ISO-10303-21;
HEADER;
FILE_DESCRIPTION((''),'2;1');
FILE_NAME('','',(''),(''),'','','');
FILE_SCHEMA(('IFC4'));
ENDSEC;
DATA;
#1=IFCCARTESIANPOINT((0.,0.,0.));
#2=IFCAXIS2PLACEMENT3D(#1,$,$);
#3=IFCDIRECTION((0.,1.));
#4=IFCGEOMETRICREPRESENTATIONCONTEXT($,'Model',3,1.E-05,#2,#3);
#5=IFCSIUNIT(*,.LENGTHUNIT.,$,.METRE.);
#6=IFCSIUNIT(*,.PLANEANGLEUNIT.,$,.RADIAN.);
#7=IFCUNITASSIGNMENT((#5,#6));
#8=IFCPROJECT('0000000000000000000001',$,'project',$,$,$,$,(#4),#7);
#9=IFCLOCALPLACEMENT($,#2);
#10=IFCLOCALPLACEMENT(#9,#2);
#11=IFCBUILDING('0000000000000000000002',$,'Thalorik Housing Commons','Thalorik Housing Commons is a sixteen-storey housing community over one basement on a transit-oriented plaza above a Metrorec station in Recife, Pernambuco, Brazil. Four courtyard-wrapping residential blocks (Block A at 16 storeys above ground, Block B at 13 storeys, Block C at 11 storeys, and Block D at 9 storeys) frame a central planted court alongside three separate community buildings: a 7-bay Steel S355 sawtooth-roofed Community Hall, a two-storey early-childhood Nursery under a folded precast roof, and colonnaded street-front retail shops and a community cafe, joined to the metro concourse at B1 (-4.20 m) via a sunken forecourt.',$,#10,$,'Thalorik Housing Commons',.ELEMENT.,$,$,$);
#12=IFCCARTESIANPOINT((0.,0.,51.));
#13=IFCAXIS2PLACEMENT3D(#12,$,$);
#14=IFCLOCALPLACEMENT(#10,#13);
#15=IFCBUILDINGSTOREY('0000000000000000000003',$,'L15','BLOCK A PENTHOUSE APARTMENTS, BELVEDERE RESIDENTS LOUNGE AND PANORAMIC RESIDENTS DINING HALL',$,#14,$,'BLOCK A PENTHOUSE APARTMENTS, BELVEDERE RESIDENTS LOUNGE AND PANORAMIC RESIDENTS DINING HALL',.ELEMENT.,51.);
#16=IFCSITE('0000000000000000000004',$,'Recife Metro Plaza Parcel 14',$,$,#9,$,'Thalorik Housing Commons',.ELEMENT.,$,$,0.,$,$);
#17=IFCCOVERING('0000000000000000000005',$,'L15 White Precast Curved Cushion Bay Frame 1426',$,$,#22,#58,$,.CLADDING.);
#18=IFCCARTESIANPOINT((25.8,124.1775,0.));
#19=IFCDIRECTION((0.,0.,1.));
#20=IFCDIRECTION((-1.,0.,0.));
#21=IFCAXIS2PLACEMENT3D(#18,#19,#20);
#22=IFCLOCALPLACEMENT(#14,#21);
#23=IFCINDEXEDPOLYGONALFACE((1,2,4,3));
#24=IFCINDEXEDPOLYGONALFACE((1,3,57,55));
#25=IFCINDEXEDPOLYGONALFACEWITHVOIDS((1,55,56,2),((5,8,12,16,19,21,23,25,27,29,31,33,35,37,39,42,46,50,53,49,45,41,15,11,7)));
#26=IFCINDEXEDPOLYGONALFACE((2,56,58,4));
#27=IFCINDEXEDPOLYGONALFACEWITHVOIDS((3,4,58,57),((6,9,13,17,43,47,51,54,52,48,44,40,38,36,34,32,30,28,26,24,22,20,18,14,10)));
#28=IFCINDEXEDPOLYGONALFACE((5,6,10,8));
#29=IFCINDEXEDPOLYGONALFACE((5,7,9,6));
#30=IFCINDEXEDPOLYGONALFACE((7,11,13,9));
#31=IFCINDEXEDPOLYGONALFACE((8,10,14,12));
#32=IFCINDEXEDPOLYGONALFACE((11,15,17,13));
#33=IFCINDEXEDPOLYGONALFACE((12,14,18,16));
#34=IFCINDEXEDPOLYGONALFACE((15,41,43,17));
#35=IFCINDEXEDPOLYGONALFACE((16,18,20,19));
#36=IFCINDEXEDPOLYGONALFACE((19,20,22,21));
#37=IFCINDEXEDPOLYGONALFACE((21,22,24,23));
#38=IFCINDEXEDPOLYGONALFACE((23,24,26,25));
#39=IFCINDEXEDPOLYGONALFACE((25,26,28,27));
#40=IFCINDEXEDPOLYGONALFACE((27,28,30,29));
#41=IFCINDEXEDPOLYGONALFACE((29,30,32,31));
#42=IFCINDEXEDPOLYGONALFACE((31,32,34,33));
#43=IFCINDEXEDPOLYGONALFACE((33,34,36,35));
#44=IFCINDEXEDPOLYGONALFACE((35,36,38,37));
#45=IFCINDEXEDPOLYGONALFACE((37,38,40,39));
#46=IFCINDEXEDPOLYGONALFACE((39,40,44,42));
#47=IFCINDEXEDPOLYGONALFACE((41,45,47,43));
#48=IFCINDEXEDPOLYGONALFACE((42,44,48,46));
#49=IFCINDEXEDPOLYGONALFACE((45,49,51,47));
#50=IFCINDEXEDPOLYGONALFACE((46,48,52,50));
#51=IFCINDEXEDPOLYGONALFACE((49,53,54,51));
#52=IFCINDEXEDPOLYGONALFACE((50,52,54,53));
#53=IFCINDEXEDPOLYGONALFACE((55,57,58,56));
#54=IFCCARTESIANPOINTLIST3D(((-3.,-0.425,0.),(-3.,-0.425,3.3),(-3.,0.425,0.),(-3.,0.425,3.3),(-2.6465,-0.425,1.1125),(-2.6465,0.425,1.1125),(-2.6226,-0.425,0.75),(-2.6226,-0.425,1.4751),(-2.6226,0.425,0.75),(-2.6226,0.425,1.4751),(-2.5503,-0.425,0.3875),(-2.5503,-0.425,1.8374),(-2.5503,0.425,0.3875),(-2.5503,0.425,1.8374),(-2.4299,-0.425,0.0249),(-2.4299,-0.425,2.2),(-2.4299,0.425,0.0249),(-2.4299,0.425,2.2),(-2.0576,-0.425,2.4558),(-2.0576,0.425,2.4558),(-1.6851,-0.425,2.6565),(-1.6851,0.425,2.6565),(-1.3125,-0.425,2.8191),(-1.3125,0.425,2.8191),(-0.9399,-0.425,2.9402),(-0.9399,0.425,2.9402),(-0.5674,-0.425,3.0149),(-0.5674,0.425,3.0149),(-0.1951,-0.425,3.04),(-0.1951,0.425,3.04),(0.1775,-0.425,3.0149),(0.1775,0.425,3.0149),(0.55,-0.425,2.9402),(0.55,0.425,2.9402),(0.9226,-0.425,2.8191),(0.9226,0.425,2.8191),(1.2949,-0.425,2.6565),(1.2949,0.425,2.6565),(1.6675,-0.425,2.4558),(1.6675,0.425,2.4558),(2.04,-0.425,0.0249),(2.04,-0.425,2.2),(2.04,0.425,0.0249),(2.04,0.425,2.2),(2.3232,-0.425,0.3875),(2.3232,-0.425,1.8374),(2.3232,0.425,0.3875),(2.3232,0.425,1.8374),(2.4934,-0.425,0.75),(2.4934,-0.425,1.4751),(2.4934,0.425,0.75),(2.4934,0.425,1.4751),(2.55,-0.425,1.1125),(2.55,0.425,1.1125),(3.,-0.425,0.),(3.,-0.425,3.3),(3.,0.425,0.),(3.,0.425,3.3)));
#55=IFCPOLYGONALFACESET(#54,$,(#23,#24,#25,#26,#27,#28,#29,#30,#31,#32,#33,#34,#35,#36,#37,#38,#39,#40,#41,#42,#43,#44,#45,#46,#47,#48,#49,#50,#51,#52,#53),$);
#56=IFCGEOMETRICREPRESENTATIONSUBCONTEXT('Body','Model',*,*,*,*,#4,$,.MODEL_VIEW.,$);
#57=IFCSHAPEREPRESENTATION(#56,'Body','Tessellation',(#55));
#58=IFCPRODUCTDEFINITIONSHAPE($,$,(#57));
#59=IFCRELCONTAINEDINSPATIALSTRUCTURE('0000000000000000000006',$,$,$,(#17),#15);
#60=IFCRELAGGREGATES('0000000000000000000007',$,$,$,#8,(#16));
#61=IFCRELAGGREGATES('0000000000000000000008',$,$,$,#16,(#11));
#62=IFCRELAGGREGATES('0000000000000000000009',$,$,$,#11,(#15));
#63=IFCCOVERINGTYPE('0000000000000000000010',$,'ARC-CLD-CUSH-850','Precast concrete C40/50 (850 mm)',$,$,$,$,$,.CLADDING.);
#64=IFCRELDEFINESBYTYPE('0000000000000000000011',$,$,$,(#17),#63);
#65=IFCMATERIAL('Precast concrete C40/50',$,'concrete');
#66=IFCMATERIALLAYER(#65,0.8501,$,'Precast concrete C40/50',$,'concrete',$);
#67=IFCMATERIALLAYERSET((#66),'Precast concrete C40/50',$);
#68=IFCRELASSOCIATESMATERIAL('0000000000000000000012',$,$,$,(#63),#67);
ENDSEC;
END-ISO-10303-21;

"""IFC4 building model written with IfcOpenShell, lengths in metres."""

from ifc_helpers import new_model, si_unit, direction, frame, origin, place, context, subcontext, project, spatial, polyline, outline, extrude, material, layer, layer_set, type_object, element, save


model = new_model("IFC4")

# Units and contexts
model_context = context("Model", 3, precision=1e-05, world=origin(), true_north=direction((0.0, 1.0)))
body_context = subcontext(model_context, "Body", "Model", "MODEL_VIEW")
ifc_project = project(units=[si_unit("LENGTHUNIT", "METRE"), si_unit("PLANEANGLEUNIT", "RADIAN")], contexts=[model_context])

# Site, building, storey
site_placement = place(None, origin())
site = spatial("IfcSite", under=ifc_project, at=site_placement, Name="Recife Metro Plaza Parcel 14", LongName="Thalorik Housing Commons", CompositionType="ELEMENT", RefElevation=0.0)
building_placement = place(site_placement, origin())
building = spatial("IfcBuilding", under=site, at=building_placement, Name="Thalorik Housing Commons", Description="Thalorik Housing Commons is a sixteen-storey housing community over one basement on a transit-oriented plaza above a Metrorec station in Recife, Pernambuco, Brazil. Four courtyard-wrapping residential blocks (Block A at 16 storeys above ground, Block B at 13 storeys, Block C at 11 storeys, and Block D at 9 storeys) frame a central planted court alongside three separate community buildings: a 7-bay Steel S355 sawtooth-roofed Community Hall, a two-storey early-childhood Nursery under a folded precast roof, and colonnaded street-front retail shops and a community cafe, joined to the metro concourse at B1 (-4.20 m) via a sunken forecourt.", LongName="Thalorik Housing Commons", CompositionType="ELEMENT")
storey_placement = place(building_placement, frame((0.0, 0.0, 51.0)))
storey = spatial("IfcBuildingStorey", under=building, at=storey_placement, Name="L15", Description="BLOCK A PENTHOUSE APARTMENTS, BELVEDERE RESIDENTS LOUNGE AND PANORAMIC RESIDENTS DINING HALL", LongName="BLOCK A PENTHOUSE APARTMENTS, BELVEDERE RESIDENTS LOUNGE AND PANORAMIC RESIDENTS DINING HALL", CompositionType="ELEMENT", Elevation=51.0)

# Shared definitions
ifc_material_1 = material(Name="Precast concrete C40/50", Category="concrete")

# Covering
ifc_layer_1 = layer(ifc_material_1, 0.8501, Name="Precast concrete C40/50", Category="concrete")
ifc_layer_set_1 = layer_set([ifc_layer_1], Name="Precast concrete C40/50")
covering_type_1 = type_object("IfcCoveringType", Name="ARC-CLD-CUSH-850", Description="Precast concrete C40/50 (850 mm)", PredefinedType="CLADDING", material=ifc_layer_set_1)
covering_1_placement = place(storey_placement, frame((25.8, 124.1775, 0.0), z_axis=(0.0, 0.0, 1.0), x_axis=(-1.0, 0.0, 0.0)))
element("IfcCovering", 1, at=covering_1_placement, inside=storey, type_object=covering_type_1, Name="L15 White Precast Curved Cushion Bay Frame 1426", PredefinedType="CLADDING", context=body_context, shape_type="SweptSolid", body=[
    extrude(outline(polyline([(-3.0, 0.0), (3.0, 0.0), (3.0, 3.3), (-3.0, 3.3), (-3.0, 0.0)]), holes=[polyline([(2.04, 0.0249), (2.3232, 0.3875), (2.4934, 0.75), (2.55, 1.1125), (2.4934, 1.4751), (2.3232, 1.8374), (2.04, 2.2), (1.6675, 2.4558), (1.2949, 2.6565), (0.9226, 2.8191), (0.55, 2.9402), (0.1775, 3.0149), (-0.1951, 3.04), (-0.5674, 3.0149), (-0.9399, 2.9402), (-1.3125, 2.8191), (-1.6851, 2.6565), (-2.0576, 2.4558), (-2.4299, 2.2), (-2.5503, 1.8374), (-2.6226, 1.4751), (-2.6465, 1.1125), (-2.6226, 0.75), (-2.5503, 0.3875), (-2.4299, 0.0249), (2.04, 0.0249)])]), frame((0.0, 0.425, 0.0), z_axis=(0.0, -1.0, 0.0), x_axis=(1.0, 0.0, 0.0)), (0.0, 0.0, 1.0), 0.8501),
])

save(model, "model.ifc")
